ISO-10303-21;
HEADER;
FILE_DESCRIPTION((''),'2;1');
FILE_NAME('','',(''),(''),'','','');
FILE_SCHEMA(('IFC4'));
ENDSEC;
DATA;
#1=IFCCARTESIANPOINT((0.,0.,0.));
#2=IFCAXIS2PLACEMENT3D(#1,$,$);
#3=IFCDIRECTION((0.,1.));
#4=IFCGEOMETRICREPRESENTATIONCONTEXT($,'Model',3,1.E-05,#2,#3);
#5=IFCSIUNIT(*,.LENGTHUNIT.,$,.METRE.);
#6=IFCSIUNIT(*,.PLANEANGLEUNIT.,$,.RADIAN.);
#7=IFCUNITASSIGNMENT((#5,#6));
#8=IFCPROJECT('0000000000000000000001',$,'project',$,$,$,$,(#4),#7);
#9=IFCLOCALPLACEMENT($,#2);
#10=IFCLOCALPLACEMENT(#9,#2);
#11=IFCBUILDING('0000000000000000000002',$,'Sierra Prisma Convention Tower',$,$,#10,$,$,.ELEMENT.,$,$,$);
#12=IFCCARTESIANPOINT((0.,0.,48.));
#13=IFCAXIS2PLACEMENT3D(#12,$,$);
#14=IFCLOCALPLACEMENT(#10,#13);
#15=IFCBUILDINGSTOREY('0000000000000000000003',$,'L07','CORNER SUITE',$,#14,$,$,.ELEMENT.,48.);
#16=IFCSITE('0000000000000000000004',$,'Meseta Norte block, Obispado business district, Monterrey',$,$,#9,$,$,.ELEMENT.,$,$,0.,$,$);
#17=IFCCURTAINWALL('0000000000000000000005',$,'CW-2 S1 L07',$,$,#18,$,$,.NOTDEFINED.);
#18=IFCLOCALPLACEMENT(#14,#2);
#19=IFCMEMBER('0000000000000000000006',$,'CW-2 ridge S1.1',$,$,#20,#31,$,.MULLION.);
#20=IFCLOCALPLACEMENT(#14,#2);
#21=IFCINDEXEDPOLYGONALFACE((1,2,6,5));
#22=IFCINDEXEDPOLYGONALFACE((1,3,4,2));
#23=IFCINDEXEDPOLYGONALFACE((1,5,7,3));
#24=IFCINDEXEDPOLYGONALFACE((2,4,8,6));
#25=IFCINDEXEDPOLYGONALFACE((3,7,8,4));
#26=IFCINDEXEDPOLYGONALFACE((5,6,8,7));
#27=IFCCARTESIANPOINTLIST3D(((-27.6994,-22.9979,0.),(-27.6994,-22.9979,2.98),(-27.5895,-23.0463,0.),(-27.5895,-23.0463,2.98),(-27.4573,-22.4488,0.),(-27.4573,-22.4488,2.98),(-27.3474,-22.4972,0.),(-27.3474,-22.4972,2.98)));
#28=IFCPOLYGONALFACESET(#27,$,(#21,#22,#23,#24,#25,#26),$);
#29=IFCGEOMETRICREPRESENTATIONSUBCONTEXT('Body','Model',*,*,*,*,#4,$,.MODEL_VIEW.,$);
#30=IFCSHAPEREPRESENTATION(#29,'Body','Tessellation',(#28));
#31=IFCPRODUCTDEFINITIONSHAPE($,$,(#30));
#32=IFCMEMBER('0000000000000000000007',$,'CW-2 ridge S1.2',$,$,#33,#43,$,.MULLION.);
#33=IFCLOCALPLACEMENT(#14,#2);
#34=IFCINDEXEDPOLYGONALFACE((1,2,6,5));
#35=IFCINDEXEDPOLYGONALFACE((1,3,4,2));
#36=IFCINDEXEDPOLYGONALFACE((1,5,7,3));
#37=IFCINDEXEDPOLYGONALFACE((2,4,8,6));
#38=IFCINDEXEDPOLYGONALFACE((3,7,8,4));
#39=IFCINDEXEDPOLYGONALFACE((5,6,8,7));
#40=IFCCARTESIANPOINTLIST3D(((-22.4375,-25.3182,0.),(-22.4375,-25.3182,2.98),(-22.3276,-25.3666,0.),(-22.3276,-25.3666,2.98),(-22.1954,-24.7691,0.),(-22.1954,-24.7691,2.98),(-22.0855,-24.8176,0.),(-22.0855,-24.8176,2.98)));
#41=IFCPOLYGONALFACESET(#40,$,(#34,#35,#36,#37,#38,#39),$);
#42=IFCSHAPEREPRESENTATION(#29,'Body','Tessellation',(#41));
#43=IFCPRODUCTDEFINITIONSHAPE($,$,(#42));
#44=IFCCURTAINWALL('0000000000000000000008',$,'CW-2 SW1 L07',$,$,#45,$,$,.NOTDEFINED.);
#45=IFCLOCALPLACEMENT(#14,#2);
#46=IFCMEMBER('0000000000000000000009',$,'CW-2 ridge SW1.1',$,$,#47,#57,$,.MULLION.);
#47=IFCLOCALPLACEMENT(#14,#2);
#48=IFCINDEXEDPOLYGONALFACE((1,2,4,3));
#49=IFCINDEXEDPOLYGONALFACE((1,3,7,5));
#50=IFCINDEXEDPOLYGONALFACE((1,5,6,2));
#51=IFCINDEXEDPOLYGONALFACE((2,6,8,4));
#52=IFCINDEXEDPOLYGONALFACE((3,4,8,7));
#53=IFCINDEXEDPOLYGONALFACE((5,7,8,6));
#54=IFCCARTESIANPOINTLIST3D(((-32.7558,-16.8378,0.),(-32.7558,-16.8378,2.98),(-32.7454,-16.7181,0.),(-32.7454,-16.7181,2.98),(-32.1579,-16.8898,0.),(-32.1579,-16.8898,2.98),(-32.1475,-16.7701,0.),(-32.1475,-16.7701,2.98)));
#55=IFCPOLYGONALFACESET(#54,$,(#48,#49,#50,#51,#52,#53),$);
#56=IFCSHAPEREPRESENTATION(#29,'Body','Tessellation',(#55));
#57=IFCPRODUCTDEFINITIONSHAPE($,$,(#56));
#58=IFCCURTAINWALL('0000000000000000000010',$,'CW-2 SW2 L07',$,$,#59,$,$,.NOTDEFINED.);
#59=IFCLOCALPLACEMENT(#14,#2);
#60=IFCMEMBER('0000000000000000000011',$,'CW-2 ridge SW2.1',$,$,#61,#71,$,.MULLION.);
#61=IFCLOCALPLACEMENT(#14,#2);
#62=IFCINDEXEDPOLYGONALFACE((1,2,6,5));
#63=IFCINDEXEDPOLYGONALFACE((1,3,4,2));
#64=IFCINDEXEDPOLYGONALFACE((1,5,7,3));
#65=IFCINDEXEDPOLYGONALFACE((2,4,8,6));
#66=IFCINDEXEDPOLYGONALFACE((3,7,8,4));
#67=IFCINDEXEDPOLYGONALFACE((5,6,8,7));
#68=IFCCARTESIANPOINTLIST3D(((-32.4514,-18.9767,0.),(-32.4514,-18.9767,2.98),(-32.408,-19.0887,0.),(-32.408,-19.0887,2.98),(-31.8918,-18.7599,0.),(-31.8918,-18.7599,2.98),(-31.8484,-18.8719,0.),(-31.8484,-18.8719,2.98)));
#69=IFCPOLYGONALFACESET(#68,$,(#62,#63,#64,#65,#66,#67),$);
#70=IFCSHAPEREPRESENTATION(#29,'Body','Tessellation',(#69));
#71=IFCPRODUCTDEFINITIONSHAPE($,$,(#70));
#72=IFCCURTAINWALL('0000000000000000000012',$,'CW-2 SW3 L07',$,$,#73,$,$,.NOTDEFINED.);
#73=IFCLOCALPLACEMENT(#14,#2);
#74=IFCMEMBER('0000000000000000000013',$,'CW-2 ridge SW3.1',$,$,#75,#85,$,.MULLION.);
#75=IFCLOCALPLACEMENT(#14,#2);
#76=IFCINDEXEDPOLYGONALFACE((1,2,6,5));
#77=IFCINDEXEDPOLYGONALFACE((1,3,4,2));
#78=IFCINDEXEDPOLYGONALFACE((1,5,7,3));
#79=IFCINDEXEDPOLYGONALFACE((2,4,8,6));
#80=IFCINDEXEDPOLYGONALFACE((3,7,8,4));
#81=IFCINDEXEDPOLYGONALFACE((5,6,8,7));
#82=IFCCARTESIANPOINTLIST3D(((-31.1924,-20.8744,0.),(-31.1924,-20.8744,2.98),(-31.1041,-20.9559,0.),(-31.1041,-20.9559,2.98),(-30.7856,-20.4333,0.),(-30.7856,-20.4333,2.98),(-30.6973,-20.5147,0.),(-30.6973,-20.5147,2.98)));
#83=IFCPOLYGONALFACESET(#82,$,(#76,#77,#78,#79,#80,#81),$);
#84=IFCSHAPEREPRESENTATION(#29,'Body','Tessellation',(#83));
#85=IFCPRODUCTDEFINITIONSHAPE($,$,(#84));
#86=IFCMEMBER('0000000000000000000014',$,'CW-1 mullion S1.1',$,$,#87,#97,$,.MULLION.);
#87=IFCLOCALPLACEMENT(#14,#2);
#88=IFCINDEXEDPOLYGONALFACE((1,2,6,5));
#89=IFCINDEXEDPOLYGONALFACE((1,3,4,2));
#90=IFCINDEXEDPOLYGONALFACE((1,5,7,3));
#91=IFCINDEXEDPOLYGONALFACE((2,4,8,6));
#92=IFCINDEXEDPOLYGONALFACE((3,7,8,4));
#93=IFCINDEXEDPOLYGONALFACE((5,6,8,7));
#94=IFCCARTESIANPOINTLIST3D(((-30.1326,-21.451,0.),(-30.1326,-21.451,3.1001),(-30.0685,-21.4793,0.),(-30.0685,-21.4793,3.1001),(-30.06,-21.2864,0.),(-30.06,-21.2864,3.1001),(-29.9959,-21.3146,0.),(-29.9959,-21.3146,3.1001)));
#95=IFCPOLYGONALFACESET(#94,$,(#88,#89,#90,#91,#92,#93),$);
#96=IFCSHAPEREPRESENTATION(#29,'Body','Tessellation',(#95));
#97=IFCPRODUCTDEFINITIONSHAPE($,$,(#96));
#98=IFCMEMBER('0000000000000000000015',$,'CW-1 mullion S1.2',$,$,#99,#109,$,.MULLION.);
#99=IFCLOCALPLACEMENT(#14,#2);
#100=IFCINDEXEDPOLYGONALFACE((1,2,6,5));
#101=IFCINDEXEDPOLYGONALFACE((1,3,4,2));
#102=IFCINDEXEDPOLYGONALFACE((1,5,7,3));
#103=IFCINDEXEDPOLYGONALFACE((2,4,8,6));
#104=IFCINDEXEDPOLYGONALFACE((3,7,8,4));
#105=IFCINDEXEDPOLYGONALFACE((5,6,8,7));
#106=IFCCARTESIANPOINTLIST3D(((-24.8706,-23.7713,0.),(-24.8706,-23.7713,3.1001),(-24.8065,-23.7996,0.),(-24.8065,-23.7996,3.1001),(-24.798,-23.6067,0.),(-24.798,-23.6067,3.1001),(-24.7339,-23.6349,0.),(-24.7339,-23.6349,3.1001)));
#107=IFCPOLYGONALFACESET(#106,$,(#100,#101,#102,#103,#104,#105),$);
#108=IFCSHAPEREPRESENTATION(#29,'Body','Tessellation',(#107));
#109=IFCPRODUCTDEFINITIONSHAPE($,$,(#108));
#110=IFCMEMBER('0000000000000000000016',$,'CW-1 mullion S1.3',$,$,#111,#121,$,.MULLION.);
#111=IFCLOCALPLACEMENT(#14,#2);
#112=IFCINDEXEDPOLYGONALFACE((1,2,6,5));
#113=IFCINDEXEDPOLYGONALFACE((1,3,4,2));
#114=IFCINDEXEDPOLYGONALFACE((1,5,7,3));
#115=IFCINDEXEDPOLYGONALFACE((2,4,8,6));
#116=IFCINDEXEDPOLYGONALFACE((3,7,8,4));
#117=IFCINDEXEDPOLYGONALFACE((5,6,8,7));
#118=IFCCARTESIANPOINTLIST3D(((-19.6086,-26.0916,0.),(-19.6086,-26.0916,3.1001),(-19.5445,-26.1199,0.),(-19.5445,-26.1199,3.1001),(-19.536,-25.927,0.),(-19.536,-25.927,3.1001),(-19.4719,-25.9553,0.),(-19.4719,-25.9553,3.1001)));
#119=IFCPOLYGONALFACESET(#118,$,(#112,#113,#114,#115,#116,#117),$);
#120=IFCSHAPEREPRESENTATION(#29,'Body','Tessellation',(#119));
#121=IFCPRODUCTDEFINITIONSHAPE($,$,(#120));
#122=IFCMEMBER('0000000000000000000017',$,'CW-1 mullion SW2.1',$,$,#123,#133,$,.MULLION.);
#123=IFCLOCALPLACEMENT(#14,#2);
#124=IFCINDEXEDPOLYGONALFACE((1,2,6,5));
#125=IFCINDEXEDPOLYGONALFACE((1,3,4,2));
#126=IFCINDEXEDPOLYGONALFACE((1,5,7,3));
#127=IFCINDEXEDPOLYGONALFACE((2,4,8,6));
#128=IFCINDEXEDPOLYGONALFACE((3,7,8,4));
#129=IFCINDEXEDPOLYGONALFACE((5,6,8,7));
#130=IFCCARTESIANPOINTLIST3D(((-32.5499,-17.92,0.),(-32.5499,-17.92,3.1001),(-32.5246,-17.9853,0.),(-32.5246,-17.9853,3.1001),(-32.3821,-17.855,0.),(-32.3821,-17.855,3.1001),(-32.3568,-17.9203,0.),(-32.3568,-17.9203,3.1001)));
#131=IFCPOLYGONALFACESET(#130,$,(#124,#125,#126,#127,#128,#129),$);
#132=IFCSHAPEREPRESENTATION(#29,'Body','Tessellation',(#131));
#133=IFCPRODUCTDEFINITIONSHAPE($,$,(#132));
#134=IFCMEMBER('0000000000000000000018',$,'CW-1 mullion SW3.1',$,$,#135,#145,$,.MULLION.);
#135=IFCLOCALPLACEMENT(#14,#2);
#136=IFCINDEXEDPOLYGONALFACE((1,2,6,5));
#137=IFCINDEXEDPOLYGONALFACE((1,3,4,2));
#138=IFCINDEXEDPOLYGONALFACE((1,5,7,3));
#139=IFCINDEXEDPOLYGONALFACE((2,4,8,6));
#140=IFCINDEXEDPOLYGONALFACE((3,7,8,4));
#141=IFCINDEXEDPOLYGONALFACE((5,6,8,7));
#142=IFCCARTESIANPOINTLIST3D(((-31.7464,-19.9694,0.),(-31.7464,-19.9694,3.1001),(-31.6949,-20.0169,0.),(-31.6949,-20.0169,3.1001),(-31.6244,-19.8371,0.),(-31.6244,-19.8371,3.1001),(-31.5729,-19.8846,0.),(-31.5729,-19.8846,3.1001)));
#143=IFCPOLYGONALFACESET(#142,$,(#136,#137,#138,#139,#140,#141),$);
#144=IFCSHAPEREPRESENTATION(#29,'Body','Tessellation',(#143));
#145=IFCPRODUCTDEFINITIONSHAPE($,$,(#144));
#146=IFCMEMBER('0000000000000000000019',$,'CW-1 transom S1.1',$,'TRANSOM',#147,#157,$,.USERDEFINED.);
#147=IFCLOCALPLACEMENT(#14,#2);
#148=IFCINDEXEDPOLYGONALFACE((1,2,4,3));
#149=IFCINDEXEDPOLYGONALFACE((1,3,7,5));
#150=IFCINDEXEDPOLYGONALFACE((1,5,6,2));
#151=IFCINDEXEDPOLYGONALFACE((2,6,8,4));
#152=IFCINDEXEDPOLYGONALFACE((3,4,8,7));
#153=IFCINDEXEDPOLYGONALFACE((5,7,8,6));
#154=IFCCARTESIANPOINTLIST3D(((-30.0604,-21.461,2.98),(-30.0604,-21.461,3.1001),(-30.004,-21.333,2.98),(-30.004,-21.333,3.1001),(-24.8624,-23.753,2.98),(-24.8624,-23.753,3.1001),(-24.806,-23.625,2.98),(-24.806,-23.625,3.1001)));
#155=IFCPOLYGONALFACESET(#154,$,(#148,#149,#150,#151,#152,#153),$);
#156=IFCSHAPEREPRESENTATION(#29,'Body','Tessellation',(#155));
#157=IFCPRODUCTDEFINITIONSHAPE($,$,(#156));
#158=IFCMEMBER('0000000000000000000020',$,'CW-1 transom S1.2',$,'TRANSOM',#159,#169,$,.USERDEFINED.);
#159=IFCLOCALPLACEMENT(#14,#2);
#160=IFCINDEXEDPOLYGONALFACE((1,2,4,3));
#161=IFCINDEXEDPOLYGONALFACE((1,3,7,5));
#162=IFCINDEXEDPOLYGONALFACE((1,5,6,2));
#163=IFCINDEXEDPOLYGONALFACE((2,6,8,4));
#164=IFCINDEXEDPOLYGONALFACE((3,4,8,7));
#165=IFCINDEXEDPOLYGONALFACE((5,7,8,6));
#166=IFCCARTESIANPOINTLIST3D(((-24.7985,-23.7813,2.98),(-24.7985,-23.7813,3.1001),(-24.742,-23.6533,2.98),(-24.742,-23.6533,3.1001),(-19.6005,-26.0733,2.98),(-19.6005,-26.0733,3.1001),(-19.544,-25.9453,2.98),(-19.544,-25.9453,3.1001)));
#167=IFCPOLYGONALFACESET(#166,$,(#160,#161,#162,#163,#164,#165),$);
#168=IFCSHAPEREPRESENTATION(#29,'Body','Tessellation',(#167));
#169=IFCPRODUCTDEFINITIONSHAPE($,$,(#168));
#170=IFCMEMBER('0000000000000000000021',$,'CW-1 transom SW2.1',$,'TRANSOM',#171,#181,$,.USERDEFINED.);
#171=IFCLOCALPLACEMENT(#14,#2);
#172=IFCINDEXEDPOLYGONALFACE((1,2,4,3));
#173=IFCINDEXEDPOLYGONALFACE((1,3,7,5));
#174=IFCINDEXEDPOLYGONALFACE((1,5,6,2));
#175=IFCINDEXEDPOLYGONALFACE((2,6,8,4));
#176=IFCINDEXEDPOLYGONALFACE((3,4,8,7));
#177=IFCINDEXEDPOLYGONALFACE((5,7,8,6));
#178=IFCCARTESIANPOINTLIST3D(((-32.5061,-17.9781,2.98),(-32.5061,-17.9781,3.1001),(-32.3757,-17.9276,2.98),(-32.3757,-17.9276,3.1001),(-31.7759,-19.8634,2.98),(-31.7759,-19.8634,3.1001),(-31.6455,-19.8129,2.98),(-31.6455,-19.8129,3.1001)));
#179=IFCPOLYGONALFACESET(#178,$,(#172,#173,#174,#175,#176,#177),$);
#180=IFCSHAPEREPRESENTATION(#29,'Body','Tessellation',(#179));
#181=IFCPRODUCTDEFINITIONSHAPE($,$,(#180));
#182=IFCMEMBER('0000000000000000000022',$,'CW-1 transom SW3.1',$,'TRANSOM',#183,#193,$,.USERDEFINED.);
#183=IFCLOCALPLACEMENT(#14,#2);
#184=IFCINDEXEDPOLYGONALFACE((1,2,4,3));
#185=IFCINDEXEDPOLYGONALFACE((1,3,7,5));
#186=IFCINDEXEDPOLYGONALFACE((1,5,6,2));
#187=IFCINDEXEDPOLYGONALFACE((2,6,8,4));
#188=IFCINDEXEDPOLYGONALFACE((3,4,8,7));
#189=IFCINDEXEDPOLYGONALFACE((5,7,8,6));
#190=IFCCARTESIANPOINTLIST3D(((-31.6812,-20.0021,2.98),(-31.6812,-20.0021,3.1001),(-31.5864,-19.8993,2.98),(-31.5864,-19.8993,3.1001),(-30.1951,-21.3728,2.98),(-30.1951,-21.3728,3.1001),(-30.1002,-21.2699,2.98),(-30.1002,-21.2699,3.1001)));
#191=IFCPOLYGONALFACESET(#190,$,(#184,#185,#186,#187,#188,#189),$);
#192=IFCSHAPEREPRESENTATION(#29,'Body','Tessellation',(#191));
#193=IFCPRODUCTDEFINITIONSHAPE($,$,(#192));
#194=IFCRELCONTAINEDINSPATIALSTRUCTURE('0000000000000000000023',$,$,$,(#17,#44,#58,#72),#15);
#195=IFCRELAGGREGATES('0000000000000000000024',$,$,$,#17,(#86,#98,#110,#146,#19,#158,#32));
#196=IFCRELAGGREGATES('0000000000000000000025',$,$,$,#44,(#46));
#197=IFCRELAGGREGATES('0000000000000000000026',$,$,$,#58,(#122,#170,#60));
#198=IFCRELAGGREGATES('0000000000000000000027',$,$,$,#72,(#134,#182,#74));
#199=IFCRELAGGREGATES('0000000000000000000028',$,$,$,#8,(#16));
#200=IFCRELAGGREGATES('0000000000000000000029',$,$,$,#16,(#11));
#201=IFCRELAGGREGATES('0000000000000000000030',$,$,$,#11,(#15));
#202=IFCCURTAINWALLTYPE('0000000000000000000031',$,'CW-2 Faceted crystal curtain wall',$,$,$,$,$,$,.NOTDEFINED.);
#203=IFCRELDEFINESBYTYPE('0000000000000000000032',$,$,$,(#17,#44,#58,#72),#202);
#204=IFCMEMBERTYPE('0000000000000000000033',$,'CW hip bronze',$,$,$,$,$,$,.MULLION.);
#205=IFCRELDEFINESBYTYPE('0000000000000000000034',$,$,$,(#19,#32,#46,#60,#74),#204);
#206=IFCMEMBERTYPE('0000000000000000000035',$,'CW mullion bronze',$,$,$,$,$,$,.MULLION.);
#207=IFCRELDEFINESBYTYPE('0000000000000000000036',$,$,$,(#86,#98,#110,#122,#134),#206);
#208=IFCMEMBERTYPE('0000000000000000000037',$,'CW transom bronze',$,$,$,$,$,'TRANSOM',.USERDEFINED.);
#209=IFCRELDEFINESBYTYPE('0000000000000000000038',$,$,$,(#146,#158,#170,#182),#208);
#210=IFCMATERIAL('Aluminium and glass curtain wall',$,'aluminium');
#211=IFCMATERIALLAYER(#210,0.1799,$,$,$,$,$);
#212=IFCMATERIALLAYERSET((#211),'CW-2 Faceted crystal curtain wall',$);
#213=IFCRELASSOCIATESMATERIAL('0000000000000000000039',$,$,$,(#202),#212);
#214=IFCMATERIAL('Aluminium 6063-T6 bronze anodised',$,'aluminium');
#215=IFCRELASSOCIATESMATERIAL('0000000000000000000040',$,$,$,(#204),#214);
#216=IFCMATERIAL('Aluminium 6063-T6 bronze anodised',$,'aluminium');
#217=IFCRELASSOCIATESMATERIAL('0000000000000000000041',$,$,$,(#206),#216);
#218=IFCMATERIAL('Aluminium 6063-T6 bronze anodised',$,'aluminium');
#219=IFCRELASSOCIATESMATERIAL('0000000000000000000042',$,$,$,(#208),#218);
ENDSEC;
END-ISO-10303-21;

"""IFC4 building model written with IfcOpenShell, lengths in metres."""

from ifc_helpers import new_model, si_unit, direction, frame, origin, origin_2d, place, context, subcontext, project, spatial, rectangle, extrude, material, layer, layer_set, material_profile, profile_set, type_object, element, aggregate, save


model = new_model("IFC4")

# Units and contexts
model_context = context("Model", 3, precision=1e-05, world=origin(), true_north=direction((0.0, 1.0)))
body_context = subcontext(model_context, "Body", "Model", "MODEL_VIEW")
ifc_project = project(units=[si_unit("LENGTHUNIT", "METRE"), si_unit("PLANEANGLEUNIT", "RADIAN")], contexts=[model_context])

# Site, building, storey
site_placement = place(None, origin())
site = spatial("IfcSite", under=ifc_project, at=site_placement, Name="Meseta Norte block, Obispado business district, Monterrey", CompositionType="ELEMENT", RefElevation=0.0)
building_placement = place(site_placement, origin())
building = spatial("IfcBuilding", under=site, at=building_placement, Name="Sierra Prisma Convention Tower", CompositionType="ELEMENT")
storey_placement = place(building_placement, frame((0.0, 0.0, 48.0)))
storey = spatial("IfcBuildingStorey", under=building, at=storey_placement, Name="L07", Description="CORNER SUITE", CompositionType="ELEMENT", Elevation=48.0)

# Curtain wall, members
ifc_material_1 = material(Name="Aluminium and glass curtain wall", Category="aluminium")
ifc_layer_1 = layer(ifc_material_1, 0.1799)
ifc_layer_set_1 = layer_set([ifc_layer_1], Name="CW-2 Faceted crystal curtain wall")
curtain_wall_type = type_object("IfcCurtainWallType", Name="CW-2 Faceted crystal curtain wall", PredefinedType="NOTDEFINED", material=ifc_layer_set_1)
curtain_wall_1_placement = place(storey_placement, origin())
curtain_wall_1 = element("IfcCurtainWall", 1, at=curtain_wall_1_placement, inside=storey, type_object=curtain_wall_type, Name="CW-2 S1 L07", PredefinedType="NOTDEFINED")
ifc_material_2 = material(Name="Aluminium 6063-T6 bronze anodised", Category="aluminium")
ifc_material_profile_1 = material_profile(ifc_material_2, rectangle(XDim=0.1201, YDim=0.6001, at=origin_2d()), Name="ALU RIDGE BLADE 120x600")
ifc_profile_set_1 = profile_set([ifc_material_profile_1], Name="Aluminium 6063-T6 bronze anodised")
member_type_1 = type_object("IfcMemberType", Name="CW hip bronze", PredefinedType="MULLION", material=ifc_profile_set_1)
member_1_placement = place(storey_placement, frame((-27.5234, -22.7476, 0.0), z_axis=(0.0, 0.0, 1.0), x_axis=(0.914996, -0.403463, 0.0)))
member_1 = element("IfcMember", 2, at=member_1_placement, type_object=member_type_1, Name="CW-2 ridge S1.1", PredefinedType="MULLION", context=body_context, shape_type="SweptSolid", body=[
    extrude(rectangle(XDim=0.1201, YDim=0.6001, at=origin_2d()), origin(), (0.0, 0.0, 1.0), 2.98),
])
member_2_placement = place(storey_placement, frame((-22.2615, -25.0679, 0.0), z_axis=(0.0, 0.0, 1.0), x_axis=(0.914996, -0.403463, 0.0)))
member_2 = element("IfcMember", 3, at=member_2_placement, type_object=member_type_1, Name="CW-2 ridge S1.2", PredefinedType="MULLION", context=body_context, shape_type="SweptSolid", body=[
    extrude(rectangle(XDim=0.1201, YDim=0.6001, at=origin_2d()), origin(), (0.0, 0.0, 1.0), 2.98),
])

# Curtain walls, members
curtain_wall_2_placement = place(storey_placement, origin())
curtain_wall_2 = element("IfcCurtainWall", 4, at=curtain_wall_2_placement, inside=storey, type_object=curtain_wall_type, Name="CW-2 SW1 L07", PredefinedType="NOTDEFINED")
member_3_placement = place(storey_placement, frame((-32.4517, -16.804, 0.0), z_axis=(0.0, 0.0, 1.0), x_axis=(-0.086655, -0.996238, 0.0)))
member_3 = element("IfcMember", 5, at=member_3_placement, type_object=member_type_1, Name="CW-2 ridge SW1.1", PredefinedType="MULLION", context=body_context, shape_type="SweptSolid", body=[
    extrude(rectangle(XDim=0.1201, YDim=0.6001, at=origin_2d()), origin(), (0.0, 0.0, 1.0), 2.98),
])
curtain_wall_3_placement = place(storey_placement, origin())
curtain_wall_3 = element("IfcCurtainWall", 6, at=curtain_wall_3_placement, inside=storey, type_object=curtain_wall_type, Name="CW-2 SW2 L07", PredefinedType="NOTDEFINED")
member_4_placement = place(storey_placement, frame((-32.1499, -18.9243, 0.0), z_axis=(0.0, 0.0, 1.0), x_axis=(0.361187, -0.932494, 0.0)))
member_4 = element("IfcMember", 7, at=member_4_placement, type_object=member_type_1, Name="CW-2 ridge SW2.1", PredefinedType="MULLION", context=body_context, shape_type="SweptSolid", body=[
    extrude(rectangle(XDim=0.1201, YDim=0.6001, at=origin_2d()), origin(), (0.0, 0.0, 1.0), 2.98),
])
curtain_wall_4_placement = place(storey_placement, origin())
curtain_wall_4 = element("IfcCurtainWall", 8, at=curtain_wall_4_placement, inside=storey, type_object=curtain_wall_type, Name="CW-2 SW3 L07", PredefinedType="NOTDEFINED")
member_5_placement = place(storey_placement, frame((-30.9448, -20.6946, 0.0), z_axis=(0.0, 0.0, 1.0), x_axis=(0.73512, -0.677937, 0.0)))
member_5 = element("IfcMember", 9, at=member_5_placement, type_object=member_type_1, Name="CW-2 ridge SW3.1", PredefinedType="MULLION", context=body_context, shape_type="SweptSolid", body=[
    extrude(rectangle(XDim=0.1201, YDim=0.6001, at=origin_2d()), origin(), (0.0, 0.0, 1.0), 2.98),
])

# Members
ifc_material_3 = material(Name="Aluminium 6063-T6 bronze anodised", Category="aluminium")
ifc_material_profile_2 = material_profile(ifc_material_3, rectangle(XDim=0.1799, YDim=0.0701, at=origin_2d()), Name="ALU MULLION 70x180")
ifc_profile_set_2 = profile_set([ifc_material_profile_2], Name="Aluminium 6063-T6 bronze anodised")
member_type_2 = type_object("IfcMemberType", Name="CW mullion bronze", PredefinedType="MULLION", material=ifc_profile_set_2)
member_6_placement = place(storey_placement, frame((-30.0642, -21.3828, 0.0), z_axis=(0.0, 0.0, 1.0), x_axis=(0.403463, 0.914996, 0.0)))
member_6 = element("IfcMember", 10, at=member_6_placement, type_object=member_type_2, Name="CW-1 mullion S1.1", PredefinedType="MULLION", context=body_context, shape_type="SweptSolid", body=[
    extrude(rectangle(XDim=0.1799, YDim=0.0701, at=origin_2d()), origin(), (0.0, 0.0, 1.0), 3.1001),
])
member_7_placement = place(storey_placement, frame((-24.8022, -23.7031, 0.0), z_axis=(0.0, 0.0, 1.0), x_axis=(0.403463, 0.914996, 0.0)))
member_7 = element("IfcMember", 11, at=member_7_placement, type_object=member_type_2, Name="CW-1 mullion S1.2", PredefinedType="MULLION", context=body_context, shape_type="SweptSolid", body=[
    extrude(rectangle(XDim=0.1799, YDim=0.0701, at=origin_2d()), origin(), (0.0, 0.0, 1.0), 3.1001),
])
member_8_placement = place(storey_placement, frame((-19.5403, -26.0234, 0.0), z_axis=(0.0, 0.0, 1.0), x_axis=(0.403463, 0.914996, 0.0)))
member_8 = element("IfcMember", 12, at=member_8_placement, type_object=member_type_2, Name="CW-1 mullion S1.3", PredefinedType="MULLION", context=body_context, shape_type="SweptSolid", body=[
    extrude(rectangle(XDim=0.1799, YDim=0.0701, at=origin_2d()), origin(), (0.0, 0.0, 1.0), 3.1001),
])
member_9_placement = place(storey_placement, frame((-32.4534, -17.9202, 0.0), z_axis=(0.0, 0.0, 1.0), x_axis=(0.932494, 0.361187, 0.0)))
member_9 = element("IfcMember", 13, at=member_9_placement, type_object=member_type_2, Name="CW-1 mullion SW2.1", PredefinedType="MULLION", context=body_context, shape_type="SweptSolid", body=[
    extrude(rectangle(XDim=0.1799, YDim=0.0701, at=origin_2d()), origin(), (0.0, 0.0, 1.0), 3.1001),
])
member_10_placement = place(storey_placement, frame((-31.6597, -19.927, 0.0), z_axis=(0.0, 0.0, 1.0), x_axis=(0.677937, 0.73512, 0.0)))
member_10 = element("IfcMember", 14, at=member_10_placement, type_object=member_type_2, Name="CW-1 mullion SW3.1", PredefinedType="MULLION", context=body_context, shape_type="SweptSolid", body=[
    extrude(rectangle(XDim=0.1799, YDim=0.0701, at=origin_2d()), origin(), (0.0, 0.0, 1.0), 3.1001),
])
ifc_material_4 = material(Name="Aluminium 6063-T6 bronze anodised", Category="aluminium")
ifc_material_profile_3 = material_profile(ifc_material_4, rectangle(XDim=0.1399, YDim=0.1201, at=origin_2d()), Name="ALU TRANSOM 120x140")
ifc_profile_set_3 = profile_set([ifc_material_profile_3], Name="Aluminium 6063-T6 bronze anodised")
member_type_3 = type_object("IfcMemberType", Name="CW transom bronze", ElementType="TRANSOM", PredefinedType="USERDEFINED", material=ifc_profile_set_3)
member_11_placement = place(storey_placement, frame((-30.0322, -21.397, 3.04), z_axis=(0.914999, -0.403457, 0.0), x_axis=(0.403457, 0.914999, 0.0)))
member_11 = element("IfcMember", 15, at=member_11_placement, type_object=member_type_3, Name="CW-1 transom S1.1", ObjectType="TRANSOM", PredefinedType="USERDEFINED", context=body_context, shape_type="SweptSolid", body=[
    extrude(rectangle(XDim=0.1399, YDim=0.1201, at=origin_2d()), origin(), (0.0, 0.0, 1.0), 5.6809),
])
member_12_placement = place(storey_placement, frame((-24.7703, -23.7173, 3.04), z_axis=(0.914999, -0.403457, 0.0), x_axis=(0.403457, 0.914999, 0.0)))
member_12 = element("IfcMember", 16, at=member_12_placement, type_object=member_type_3, Name="CW-1 transom S1.2", ObjectType="TRANSOM", PredefinedType="USERDEFINED", context=body_context, shape_type="SweptSolid", body=[
    extrude(rectangle(XDim=0.1399, YDim=0.1201, at=origin_2d()), origin(), (0.0, 0.0, 1.0), 5.6809),
])
member_13_placement = place(storey_placement, frame((-32.4409, -17.9529, 3.04), z_axis=(0.361187, -0.932493, 0.0), x_axis=(0.932493, 0.361187, 0.0)))
member_13 = element("IfcMember", 17, at=member_13_placement, type_object=member_type_3, Name="CW-1 transom SW2.1", ObjectType="TRANSOM", PredefinedType="USERDEFINED", context=body_context, shape_type="SweptSolid", body=[
    extrude(rectangle(XDim=0.1399, YDim=0.1201, at=origin_2d()), origin(), (0.0, 0.0, 1.0), 2.0217),
])
member_14_placement = place(storey_placement, frame((-31.6338, -19.9507, 3.04), z_axis=(0.73509, -0.677969, 0.0), x_axis=(0.677969, 0.73509, 0.0)))
member_14 = element("IfcMember", 18, at=member_14_placement, type_object=member_type_3, Name="CW-1 transom SW3.1", ObjectType="TRANSOM", PredefinedType="USERDEFINED", context=body_context, shape_type="SweptSolid", body=[
    extrude(rectangle(XDim=0.1399, YDim=0.1201, at=origin_2d()), origin(), (0.0, 0.0, 1.0), 2.0217),
])

aggregate(curtain_wall_1, [member_6, member_7, member_8, member_11, member_1, member_12, member_2])
aggregate(curtain_wall_2, [member_3])
aggregate(curtain_wall_3, [member_9, member_13, member_4])
aggregate(curtain_wall_4, [member_10, member_14, member_5])

save(model, "model.ifc")
